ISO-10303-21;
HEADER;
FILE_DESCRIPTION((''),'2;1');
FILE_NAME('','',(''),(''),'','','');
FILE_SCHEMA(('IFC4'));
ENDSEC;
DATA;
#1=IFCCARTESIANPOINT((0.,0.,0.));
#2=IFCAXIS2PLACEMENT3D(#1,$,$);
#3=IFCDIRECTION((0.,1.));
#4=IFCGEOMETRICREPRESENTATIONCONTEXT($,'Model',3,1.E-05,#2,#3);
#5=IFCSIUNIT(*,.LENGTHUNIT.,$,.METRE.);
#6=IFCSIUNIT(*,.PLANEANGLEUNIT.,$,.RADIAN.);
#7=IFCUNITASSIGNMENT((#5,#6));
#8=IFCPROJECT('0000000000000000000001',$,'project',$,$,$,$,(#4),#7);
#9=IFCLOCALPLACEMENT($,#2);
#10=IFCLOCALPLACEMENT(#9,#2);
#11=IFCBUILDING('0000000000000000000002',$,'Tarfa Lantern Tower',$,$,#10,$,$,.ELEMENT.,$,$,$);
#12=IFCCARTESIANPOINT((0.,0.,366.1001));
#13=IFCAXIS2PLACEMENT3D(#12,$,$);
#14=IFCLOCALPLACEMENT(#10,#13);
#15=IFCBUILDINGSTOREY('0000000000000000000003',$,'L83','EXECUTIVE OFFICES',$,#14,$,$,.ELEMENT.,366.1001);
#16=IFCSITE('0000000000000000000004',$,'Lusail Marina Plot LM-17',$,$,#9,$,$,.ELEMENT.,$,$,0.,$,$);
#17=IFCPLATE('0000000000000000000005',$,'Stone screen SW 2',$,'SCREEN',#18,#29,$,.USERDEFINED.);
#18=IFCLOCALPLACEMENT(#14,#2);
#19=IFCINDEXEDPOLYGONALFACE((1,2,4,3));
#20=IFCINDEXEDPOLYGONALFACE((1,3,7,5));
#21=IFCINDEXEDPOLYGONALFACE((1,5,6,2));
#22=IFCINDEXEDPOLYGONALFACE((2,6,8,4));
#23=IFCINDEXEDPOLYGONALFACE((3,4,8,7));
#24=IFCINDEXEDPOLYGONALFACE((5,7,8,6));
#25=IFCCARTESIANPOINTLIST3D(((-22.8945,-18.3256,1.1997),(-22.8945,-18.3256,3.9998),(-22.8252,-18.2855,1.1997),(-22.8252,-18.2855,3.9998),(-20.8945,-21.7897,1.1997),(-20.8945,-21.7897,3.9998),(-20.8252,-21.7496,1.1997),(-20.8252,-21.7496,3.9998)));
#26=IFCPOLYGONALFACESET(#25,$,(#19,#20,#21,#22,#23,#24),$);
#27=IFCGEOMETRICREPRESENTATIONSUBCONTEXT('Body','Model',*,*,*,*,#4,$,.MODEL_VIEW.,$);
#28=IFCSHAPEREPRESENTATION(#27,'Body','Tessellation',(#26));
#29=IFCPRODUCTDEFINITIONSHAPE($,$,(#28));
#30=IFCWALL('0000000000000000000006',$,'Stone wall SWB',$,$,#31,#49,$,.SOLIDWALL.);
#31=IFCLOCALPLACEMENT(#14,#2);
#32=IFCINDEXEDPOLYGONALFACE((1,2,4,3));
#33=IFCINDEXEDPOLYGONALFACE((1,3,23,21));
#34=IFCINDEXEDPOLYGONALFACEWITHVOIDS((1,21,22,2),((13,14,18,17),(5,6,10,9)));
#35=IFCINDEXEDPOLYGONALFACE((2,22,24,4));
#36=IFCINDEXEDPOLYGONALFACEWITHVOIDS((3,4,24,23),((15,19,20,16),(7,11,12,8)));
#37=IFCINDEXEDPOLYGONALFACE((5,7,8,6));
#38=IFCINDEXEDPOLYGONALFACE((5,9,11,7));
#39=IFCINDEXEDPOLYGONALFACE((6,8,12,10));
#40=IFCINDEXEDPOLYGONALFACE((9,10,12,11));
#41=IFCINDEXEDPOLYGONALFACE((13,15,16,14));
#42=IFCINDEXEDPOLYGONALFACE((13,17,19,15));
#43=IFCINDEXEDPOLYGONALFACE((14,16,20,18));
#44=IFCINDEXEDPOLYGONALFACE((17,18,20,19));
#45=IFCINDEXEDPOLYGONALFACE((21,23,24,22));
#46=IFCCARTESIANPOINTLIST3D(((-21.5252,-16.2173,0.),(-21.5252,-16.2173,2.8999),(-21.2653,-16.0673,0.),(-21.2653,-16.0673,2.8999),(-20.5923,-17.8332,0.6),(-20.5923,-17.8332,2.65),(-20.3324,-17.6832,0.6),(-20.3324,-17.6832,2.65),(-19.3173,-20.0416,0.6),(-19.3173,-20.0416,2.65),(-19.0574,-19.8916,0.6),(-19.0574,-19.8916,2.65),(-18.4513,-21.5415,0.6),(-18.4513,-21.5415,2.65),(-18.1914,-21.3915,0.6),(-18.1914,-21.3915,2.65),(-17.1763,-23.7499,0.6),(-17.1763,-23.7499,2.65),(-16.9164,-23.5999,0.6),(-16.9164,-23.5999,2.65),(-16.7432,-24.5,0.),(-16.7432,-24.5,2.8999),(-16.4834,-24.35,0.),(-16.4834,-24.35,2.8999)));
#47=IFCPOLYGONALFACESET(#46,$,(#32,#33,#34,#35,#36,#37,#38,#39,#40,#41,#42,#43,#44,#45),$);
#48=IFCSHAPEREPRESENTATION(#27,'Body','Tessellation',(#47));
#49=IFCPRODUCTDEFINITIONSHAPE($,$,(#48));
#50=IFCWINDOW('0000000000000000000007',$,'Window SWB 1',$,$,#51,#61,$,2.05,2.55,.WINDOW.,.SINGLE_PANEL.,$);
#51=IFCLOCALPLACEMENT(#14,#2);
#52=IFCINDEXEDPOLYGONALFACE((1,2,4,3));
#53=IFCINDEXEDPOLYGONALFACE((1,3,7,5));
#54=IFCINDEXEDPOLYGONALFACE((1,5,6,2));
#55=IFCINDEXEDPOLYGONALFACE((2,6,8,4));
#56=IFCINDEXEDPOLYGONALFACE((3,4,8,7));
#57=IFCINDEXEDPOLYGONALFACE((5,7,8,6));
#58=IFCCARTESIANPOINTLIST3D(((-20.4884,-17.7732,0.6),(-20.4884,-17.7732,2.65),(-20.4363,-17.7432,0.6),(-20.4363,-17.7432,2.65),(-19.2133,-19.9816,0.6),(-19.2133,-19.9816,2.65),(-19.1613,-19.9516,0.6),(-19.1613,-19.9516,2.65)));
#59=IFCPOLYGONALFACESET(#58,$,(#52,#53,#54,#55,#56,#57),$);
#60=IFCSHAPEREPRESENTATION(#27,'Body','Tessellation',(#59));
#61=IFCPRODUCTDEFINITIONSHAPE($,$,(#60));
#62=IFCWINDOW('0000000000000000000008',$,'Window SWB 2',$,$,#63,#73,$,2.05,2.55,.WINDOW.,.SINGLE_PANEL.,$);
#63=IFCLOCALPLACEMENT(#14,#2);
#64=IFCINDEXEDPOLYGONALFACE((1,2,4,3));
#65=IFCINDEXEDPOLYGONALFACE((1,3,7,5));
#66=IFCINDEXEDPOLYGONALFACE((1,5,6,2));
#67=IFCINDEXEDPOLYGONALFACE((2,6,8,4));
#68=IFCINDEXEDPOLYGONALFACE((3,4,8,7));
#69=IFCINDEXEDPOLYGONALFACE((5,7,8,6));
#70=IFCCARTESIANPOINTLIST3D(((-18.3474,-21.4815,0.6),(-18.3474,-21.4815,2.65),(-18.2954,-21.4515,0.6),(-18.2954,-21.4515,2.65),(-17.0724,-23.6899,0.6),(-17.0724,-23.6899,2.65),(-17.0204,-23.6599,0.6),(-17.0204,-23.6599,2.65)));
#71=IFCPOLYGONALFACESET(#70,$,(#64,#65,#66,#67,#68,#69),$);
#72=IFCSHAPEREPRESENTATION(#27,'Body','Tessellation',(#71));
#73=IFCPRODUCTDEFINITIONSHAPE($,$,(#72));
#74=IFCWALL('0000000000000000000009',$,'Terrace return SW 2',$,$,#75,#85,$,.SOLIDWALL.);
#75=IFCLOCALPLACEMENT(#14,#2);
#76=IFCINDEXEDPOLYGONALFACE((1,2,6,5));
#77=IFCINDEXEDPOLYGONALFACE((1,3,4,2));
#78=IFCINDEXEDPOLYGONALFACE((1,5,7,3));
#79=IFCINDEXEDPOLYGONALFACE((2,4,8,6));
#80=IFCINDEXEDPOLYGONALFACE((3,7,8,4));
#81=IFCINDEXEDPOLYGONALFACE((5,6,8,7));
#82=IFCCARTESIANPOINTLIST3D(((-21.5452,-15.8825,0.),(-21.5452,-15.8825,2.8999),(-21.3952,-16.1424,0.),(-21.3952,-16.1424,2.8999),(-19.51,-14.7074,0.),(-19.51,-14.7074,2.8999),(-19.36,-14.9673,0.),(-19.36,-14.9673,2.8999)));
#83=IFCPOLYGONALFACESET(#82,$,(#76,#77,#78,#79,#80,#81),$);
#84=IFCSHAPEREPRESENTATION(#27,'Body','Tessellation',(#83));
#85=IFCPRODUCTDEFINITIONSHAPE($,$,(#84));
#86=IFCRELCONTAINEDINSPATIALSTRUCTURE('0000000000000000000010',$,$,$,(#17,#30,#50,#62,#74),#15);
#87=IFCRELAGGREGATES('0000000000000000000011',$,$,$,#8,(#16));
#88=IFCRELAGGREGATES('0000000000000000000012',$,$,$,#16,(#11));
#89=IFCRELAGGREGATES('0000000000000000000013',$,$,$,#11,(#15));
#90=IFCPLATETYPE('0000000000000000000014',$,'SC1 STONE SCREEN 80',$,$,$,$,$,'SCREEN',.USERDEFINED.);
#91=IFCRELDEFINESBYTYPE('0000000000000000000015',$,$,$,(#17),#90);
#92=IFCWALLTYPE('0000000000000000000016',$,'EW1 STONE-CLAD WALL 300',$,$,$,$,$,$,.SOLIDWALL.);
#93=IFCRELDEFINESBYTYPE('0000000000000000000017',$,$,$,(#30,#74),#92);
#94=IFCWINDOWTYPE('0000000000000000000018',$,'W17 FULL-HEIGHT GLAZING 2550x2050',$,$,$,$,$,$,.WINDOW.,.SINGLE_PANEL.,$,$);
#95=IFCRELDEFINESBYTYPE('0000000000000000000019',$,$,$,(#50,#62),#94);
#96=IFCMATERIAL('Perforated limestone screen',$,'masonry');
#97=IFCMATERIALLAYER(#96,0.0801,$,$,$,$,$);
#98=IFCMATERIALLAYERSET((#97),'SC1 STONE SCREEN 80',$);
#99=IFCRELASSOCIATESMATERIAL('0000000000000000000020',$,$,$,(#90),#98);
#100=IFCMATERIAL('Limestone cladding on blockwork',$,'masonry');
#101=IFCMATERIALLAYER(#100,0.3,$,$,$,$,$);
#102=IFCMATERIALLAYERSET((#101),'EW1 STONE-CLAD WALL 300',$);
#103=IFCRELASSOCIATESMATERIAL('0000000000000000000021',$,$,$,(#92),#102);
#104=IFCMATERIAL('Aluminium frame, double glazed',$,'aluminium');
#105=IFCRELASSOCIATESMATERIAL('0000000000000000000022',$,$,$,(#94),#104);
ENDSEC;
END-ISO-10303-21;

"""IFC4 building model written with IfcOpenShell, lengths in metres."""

from ifc_helpers import new_model, si_unit, direction, frame, frame_2d, origin, origin_2d, place, context, subcontext, project, spatial, rectangle, extrude, material, layer, layer_set, type_object, element, fill, save


model = new_model("IFC4")

# Units and contexts
model_context = context("Model", 3, precision=1e-05, world=origin(), true_north=direction((0.0, 1.0)))
body_context = subcontext(model_context, "Body", "Model", "MODEL_VIEW")
ifc_project = project(units=[si_unit("LENGTHUNIT", "METRE"), si_unit("PLANEANGLEUNIT", "RADIAN")], contexts=[model_context])

# Site, building, storey
site_placement = place(None, origin())
site = spatial("IfcSite", under=ifc_project, at=site_placement, Name="Lusail Marina Plot LM-17", CompositionType="ELEMENT", RefElevation=0.0)
building_placement = place(site_placement, origin())
building = spatial("IfcBuilding", under=site, at=building_placement, Name="Tarfa Lantern Tower", CompositionType="ELEMENT")
storey_placement = place(building_placement, frame((0.0, 0.0, 366.1001)))
storey = spatial("IfcBuildingStorey", under=building, at=storey_placement, Name="L83", Description="EXECUTIVE OFFICES", CompositionType="ELEMENT", Elevation=366.1001)

# Plate
ifc_material_1 = material(Name="Perforated limestone screen", Category="masonry")
ifc_layer_1 = layer(ifc_material_1, 0.0801)
ifc_layer_set_1 = layer_set([ifc_layer_1], Name="SC1 STONE SCREEN 80")
plate_type_1 = type_object("IfcPlateType", Name="SC1 STONE SCREEN 80", ElementType="SCREEN", PredefinedType="USERDEFINED", material=ifc_layer_set_1)
plate_1_placement = place(storey_placement, frame((-21.8599, -20.0376, 1.1997), z_axis=(0.0, 0.0, 1.0), x_axis=(0.5, -0.866025, 0.0)))
element("IfcPlate", 1, at=plate_1_placement, inside=storey, type_object=plate_type_1, Name="Stone screen SW 2", ObjectType="SCREEN", PredefinedType="USERDEFINED", context=body_context, shape_type="SweptSolid", body=[
    extrude(rectangle(XDim=4.0, YDim=0.0801, at=origin_2d()), origin(), (0.0, 0.0, 1.0), 2.8),
])

# Wall, openings, windows
ifc_material_2 = material(Name="Limestone cladding on blockwork", Category="masonry")
ifc_layer_2 = layer(ifc_material_2, 0.3)
ifc_layer_set_2 = layer_set([ifc_layer_2], Name="EW1 STONE-CLAD WALL 300")
wall_type = type_object("IfcWallType", Name="EW1 STONE-CLAD WALL 300", PredefinedType="SOLIDWALL", material=ifc_layer_set_2)
wall_1_placement = place(storey_placement, frame((-21.3953, -16.1423, 0.0), z_axis=(0.0, 0.0, 1.0), x_axis=(0.499996, -0.866027, 0.0)))
wall_1 = element("IfcWall", 2, at=wall_1_placement, inside=storey, type_object=wall_type, Name="Stone wall SWB", PredefinedType="SOLIDWALL", context=body_context, shape_type="SweptSolid", body=[
    extrude(rectangle(XDim=9.564, YDim=0.3, at=frame_2d((4.782, 0.0))), origin(), (0.0, 0.0, 1.0), 2.8999),
])
opening_1_placement = place(wall_1_placement, frame((1.866, 0.0, 0.6001)))
opening_1 = element("IfcOpeningElement", 3, at=opening_1_placement, cuts=wall_1, PredefinedType="OPENING", context=body_context, shape_type="SweptSolid", body=[
    extrude(rectangle(XDim=2.55, YDim=2.05, at=frame_2d((1.2749, 1.0249))), frame((0.0, 0.1599, 0.0), z_axis=(0.0, -1.0, 0.0), x_axis=(1.0, 0.0, 0.0)), (0.0, 0.0, 1.0), 0.3201),
])
opening_2_placement = place(wall_1_placement, frame((6.1479, 0.0, 0.6001)))
opening_2 = element("IfcOpeningElement", 4, at=opening_2_placement, cuts=wall_1, PredefinedType="OPENING", context=body_context, shape_type="SweptSolid", body=[
    extrude(rectangle(XDim=2.55, YDim=2.05, at=frame_2d((1.2749, 1.0249))), frame((0.0, 0.1599, 0.0), z_axis=(0.0, -1.0, 0.0), x_axis=(1.0, 0.0, 0.0)), (0.0, 0.0, 1.0), 0.3201),
])
ifc_material_3 = material(Name="Aluminium frame, double glazed", Category="aluminium")
window_type = type_object("IfcWindowType", Name="W17 FULL-HEIGHT GLAZING 2550x2050", PartitioningType="SINGLE_PANEL", PredefinedType="WINDOW", material=ifc_material_3)
window_1_placement = place(opening_1_placement, origin())
window_1 = element("IfcWindow", 5, at=window_1_placement, inside=storey, type_object=window_type, Name="Window SWB 1", OverallHeight=2.05, OverallWidth=2.55, PartitioningType="SINGLE_PANEL", PredefinedType="WINDOW", context=body_context, shape_type="SweptSolid", body=[
    extrude(rectangle(XDim=2.55, YDim=2.05, at=frame_2d((1.2749, 1.0249))), frame((0.0, 0.03, 0.0), z_axis=(0.0, -1.0, 0.0), x_axis=(1.0, 0.0, 0.0)), (0.0, 0.0, 1.0), 0.0601),
])
fill(opening_1, window_1)
window_2_placement = place(opening_2_placement, origin())
window_2 = element("IfcWindow", 6, at=window_2_placement, inside=storey, type_object=window_type, Name="Window SWB 2", OverallHeight=2.05, OverallWidth=2.55, PartitioningType="SINGLE_PANEL", PredefinedType="WINDOW", context=body_context, shape_type="SweptSolid", body=[
    extrude(rectangle(XDim=2.55, YDim=2.05, at=frame_2d((1.2749, 1.0249))), frame((0.0, 0.03, 0.0), z_axis=(0.0, -1.0, 0.0), x_axis=(1.0, 0.0, 0.0)), (0.0, 0.0, 1.0), 0.0601),
])
fill(opening_2, window_2)

# Wall
wall_2_placement = place(storey_placement, frame((-21.4702, -16.0125, 0.0), z_axis=(0.0, 0.0, 1.0), x_axis=(0.866016, 0.500016, 0.0)))
element("IfcWall", 7, at=wall_2_placement, inside=storey, type_object=wall_type, Name="Terrace return SW 2", PredefinedType="SOLIDWALL", context=body_context, shape_type="SweptSolid", body=[
    extrude(rectangle(XDim=2.3501, YDim=0.3, at=frame_2d((1.175, 0.0))), origin(), (0.0, 0.0, 1.0), 2.8999),
])

save(model, "model.ifc")
